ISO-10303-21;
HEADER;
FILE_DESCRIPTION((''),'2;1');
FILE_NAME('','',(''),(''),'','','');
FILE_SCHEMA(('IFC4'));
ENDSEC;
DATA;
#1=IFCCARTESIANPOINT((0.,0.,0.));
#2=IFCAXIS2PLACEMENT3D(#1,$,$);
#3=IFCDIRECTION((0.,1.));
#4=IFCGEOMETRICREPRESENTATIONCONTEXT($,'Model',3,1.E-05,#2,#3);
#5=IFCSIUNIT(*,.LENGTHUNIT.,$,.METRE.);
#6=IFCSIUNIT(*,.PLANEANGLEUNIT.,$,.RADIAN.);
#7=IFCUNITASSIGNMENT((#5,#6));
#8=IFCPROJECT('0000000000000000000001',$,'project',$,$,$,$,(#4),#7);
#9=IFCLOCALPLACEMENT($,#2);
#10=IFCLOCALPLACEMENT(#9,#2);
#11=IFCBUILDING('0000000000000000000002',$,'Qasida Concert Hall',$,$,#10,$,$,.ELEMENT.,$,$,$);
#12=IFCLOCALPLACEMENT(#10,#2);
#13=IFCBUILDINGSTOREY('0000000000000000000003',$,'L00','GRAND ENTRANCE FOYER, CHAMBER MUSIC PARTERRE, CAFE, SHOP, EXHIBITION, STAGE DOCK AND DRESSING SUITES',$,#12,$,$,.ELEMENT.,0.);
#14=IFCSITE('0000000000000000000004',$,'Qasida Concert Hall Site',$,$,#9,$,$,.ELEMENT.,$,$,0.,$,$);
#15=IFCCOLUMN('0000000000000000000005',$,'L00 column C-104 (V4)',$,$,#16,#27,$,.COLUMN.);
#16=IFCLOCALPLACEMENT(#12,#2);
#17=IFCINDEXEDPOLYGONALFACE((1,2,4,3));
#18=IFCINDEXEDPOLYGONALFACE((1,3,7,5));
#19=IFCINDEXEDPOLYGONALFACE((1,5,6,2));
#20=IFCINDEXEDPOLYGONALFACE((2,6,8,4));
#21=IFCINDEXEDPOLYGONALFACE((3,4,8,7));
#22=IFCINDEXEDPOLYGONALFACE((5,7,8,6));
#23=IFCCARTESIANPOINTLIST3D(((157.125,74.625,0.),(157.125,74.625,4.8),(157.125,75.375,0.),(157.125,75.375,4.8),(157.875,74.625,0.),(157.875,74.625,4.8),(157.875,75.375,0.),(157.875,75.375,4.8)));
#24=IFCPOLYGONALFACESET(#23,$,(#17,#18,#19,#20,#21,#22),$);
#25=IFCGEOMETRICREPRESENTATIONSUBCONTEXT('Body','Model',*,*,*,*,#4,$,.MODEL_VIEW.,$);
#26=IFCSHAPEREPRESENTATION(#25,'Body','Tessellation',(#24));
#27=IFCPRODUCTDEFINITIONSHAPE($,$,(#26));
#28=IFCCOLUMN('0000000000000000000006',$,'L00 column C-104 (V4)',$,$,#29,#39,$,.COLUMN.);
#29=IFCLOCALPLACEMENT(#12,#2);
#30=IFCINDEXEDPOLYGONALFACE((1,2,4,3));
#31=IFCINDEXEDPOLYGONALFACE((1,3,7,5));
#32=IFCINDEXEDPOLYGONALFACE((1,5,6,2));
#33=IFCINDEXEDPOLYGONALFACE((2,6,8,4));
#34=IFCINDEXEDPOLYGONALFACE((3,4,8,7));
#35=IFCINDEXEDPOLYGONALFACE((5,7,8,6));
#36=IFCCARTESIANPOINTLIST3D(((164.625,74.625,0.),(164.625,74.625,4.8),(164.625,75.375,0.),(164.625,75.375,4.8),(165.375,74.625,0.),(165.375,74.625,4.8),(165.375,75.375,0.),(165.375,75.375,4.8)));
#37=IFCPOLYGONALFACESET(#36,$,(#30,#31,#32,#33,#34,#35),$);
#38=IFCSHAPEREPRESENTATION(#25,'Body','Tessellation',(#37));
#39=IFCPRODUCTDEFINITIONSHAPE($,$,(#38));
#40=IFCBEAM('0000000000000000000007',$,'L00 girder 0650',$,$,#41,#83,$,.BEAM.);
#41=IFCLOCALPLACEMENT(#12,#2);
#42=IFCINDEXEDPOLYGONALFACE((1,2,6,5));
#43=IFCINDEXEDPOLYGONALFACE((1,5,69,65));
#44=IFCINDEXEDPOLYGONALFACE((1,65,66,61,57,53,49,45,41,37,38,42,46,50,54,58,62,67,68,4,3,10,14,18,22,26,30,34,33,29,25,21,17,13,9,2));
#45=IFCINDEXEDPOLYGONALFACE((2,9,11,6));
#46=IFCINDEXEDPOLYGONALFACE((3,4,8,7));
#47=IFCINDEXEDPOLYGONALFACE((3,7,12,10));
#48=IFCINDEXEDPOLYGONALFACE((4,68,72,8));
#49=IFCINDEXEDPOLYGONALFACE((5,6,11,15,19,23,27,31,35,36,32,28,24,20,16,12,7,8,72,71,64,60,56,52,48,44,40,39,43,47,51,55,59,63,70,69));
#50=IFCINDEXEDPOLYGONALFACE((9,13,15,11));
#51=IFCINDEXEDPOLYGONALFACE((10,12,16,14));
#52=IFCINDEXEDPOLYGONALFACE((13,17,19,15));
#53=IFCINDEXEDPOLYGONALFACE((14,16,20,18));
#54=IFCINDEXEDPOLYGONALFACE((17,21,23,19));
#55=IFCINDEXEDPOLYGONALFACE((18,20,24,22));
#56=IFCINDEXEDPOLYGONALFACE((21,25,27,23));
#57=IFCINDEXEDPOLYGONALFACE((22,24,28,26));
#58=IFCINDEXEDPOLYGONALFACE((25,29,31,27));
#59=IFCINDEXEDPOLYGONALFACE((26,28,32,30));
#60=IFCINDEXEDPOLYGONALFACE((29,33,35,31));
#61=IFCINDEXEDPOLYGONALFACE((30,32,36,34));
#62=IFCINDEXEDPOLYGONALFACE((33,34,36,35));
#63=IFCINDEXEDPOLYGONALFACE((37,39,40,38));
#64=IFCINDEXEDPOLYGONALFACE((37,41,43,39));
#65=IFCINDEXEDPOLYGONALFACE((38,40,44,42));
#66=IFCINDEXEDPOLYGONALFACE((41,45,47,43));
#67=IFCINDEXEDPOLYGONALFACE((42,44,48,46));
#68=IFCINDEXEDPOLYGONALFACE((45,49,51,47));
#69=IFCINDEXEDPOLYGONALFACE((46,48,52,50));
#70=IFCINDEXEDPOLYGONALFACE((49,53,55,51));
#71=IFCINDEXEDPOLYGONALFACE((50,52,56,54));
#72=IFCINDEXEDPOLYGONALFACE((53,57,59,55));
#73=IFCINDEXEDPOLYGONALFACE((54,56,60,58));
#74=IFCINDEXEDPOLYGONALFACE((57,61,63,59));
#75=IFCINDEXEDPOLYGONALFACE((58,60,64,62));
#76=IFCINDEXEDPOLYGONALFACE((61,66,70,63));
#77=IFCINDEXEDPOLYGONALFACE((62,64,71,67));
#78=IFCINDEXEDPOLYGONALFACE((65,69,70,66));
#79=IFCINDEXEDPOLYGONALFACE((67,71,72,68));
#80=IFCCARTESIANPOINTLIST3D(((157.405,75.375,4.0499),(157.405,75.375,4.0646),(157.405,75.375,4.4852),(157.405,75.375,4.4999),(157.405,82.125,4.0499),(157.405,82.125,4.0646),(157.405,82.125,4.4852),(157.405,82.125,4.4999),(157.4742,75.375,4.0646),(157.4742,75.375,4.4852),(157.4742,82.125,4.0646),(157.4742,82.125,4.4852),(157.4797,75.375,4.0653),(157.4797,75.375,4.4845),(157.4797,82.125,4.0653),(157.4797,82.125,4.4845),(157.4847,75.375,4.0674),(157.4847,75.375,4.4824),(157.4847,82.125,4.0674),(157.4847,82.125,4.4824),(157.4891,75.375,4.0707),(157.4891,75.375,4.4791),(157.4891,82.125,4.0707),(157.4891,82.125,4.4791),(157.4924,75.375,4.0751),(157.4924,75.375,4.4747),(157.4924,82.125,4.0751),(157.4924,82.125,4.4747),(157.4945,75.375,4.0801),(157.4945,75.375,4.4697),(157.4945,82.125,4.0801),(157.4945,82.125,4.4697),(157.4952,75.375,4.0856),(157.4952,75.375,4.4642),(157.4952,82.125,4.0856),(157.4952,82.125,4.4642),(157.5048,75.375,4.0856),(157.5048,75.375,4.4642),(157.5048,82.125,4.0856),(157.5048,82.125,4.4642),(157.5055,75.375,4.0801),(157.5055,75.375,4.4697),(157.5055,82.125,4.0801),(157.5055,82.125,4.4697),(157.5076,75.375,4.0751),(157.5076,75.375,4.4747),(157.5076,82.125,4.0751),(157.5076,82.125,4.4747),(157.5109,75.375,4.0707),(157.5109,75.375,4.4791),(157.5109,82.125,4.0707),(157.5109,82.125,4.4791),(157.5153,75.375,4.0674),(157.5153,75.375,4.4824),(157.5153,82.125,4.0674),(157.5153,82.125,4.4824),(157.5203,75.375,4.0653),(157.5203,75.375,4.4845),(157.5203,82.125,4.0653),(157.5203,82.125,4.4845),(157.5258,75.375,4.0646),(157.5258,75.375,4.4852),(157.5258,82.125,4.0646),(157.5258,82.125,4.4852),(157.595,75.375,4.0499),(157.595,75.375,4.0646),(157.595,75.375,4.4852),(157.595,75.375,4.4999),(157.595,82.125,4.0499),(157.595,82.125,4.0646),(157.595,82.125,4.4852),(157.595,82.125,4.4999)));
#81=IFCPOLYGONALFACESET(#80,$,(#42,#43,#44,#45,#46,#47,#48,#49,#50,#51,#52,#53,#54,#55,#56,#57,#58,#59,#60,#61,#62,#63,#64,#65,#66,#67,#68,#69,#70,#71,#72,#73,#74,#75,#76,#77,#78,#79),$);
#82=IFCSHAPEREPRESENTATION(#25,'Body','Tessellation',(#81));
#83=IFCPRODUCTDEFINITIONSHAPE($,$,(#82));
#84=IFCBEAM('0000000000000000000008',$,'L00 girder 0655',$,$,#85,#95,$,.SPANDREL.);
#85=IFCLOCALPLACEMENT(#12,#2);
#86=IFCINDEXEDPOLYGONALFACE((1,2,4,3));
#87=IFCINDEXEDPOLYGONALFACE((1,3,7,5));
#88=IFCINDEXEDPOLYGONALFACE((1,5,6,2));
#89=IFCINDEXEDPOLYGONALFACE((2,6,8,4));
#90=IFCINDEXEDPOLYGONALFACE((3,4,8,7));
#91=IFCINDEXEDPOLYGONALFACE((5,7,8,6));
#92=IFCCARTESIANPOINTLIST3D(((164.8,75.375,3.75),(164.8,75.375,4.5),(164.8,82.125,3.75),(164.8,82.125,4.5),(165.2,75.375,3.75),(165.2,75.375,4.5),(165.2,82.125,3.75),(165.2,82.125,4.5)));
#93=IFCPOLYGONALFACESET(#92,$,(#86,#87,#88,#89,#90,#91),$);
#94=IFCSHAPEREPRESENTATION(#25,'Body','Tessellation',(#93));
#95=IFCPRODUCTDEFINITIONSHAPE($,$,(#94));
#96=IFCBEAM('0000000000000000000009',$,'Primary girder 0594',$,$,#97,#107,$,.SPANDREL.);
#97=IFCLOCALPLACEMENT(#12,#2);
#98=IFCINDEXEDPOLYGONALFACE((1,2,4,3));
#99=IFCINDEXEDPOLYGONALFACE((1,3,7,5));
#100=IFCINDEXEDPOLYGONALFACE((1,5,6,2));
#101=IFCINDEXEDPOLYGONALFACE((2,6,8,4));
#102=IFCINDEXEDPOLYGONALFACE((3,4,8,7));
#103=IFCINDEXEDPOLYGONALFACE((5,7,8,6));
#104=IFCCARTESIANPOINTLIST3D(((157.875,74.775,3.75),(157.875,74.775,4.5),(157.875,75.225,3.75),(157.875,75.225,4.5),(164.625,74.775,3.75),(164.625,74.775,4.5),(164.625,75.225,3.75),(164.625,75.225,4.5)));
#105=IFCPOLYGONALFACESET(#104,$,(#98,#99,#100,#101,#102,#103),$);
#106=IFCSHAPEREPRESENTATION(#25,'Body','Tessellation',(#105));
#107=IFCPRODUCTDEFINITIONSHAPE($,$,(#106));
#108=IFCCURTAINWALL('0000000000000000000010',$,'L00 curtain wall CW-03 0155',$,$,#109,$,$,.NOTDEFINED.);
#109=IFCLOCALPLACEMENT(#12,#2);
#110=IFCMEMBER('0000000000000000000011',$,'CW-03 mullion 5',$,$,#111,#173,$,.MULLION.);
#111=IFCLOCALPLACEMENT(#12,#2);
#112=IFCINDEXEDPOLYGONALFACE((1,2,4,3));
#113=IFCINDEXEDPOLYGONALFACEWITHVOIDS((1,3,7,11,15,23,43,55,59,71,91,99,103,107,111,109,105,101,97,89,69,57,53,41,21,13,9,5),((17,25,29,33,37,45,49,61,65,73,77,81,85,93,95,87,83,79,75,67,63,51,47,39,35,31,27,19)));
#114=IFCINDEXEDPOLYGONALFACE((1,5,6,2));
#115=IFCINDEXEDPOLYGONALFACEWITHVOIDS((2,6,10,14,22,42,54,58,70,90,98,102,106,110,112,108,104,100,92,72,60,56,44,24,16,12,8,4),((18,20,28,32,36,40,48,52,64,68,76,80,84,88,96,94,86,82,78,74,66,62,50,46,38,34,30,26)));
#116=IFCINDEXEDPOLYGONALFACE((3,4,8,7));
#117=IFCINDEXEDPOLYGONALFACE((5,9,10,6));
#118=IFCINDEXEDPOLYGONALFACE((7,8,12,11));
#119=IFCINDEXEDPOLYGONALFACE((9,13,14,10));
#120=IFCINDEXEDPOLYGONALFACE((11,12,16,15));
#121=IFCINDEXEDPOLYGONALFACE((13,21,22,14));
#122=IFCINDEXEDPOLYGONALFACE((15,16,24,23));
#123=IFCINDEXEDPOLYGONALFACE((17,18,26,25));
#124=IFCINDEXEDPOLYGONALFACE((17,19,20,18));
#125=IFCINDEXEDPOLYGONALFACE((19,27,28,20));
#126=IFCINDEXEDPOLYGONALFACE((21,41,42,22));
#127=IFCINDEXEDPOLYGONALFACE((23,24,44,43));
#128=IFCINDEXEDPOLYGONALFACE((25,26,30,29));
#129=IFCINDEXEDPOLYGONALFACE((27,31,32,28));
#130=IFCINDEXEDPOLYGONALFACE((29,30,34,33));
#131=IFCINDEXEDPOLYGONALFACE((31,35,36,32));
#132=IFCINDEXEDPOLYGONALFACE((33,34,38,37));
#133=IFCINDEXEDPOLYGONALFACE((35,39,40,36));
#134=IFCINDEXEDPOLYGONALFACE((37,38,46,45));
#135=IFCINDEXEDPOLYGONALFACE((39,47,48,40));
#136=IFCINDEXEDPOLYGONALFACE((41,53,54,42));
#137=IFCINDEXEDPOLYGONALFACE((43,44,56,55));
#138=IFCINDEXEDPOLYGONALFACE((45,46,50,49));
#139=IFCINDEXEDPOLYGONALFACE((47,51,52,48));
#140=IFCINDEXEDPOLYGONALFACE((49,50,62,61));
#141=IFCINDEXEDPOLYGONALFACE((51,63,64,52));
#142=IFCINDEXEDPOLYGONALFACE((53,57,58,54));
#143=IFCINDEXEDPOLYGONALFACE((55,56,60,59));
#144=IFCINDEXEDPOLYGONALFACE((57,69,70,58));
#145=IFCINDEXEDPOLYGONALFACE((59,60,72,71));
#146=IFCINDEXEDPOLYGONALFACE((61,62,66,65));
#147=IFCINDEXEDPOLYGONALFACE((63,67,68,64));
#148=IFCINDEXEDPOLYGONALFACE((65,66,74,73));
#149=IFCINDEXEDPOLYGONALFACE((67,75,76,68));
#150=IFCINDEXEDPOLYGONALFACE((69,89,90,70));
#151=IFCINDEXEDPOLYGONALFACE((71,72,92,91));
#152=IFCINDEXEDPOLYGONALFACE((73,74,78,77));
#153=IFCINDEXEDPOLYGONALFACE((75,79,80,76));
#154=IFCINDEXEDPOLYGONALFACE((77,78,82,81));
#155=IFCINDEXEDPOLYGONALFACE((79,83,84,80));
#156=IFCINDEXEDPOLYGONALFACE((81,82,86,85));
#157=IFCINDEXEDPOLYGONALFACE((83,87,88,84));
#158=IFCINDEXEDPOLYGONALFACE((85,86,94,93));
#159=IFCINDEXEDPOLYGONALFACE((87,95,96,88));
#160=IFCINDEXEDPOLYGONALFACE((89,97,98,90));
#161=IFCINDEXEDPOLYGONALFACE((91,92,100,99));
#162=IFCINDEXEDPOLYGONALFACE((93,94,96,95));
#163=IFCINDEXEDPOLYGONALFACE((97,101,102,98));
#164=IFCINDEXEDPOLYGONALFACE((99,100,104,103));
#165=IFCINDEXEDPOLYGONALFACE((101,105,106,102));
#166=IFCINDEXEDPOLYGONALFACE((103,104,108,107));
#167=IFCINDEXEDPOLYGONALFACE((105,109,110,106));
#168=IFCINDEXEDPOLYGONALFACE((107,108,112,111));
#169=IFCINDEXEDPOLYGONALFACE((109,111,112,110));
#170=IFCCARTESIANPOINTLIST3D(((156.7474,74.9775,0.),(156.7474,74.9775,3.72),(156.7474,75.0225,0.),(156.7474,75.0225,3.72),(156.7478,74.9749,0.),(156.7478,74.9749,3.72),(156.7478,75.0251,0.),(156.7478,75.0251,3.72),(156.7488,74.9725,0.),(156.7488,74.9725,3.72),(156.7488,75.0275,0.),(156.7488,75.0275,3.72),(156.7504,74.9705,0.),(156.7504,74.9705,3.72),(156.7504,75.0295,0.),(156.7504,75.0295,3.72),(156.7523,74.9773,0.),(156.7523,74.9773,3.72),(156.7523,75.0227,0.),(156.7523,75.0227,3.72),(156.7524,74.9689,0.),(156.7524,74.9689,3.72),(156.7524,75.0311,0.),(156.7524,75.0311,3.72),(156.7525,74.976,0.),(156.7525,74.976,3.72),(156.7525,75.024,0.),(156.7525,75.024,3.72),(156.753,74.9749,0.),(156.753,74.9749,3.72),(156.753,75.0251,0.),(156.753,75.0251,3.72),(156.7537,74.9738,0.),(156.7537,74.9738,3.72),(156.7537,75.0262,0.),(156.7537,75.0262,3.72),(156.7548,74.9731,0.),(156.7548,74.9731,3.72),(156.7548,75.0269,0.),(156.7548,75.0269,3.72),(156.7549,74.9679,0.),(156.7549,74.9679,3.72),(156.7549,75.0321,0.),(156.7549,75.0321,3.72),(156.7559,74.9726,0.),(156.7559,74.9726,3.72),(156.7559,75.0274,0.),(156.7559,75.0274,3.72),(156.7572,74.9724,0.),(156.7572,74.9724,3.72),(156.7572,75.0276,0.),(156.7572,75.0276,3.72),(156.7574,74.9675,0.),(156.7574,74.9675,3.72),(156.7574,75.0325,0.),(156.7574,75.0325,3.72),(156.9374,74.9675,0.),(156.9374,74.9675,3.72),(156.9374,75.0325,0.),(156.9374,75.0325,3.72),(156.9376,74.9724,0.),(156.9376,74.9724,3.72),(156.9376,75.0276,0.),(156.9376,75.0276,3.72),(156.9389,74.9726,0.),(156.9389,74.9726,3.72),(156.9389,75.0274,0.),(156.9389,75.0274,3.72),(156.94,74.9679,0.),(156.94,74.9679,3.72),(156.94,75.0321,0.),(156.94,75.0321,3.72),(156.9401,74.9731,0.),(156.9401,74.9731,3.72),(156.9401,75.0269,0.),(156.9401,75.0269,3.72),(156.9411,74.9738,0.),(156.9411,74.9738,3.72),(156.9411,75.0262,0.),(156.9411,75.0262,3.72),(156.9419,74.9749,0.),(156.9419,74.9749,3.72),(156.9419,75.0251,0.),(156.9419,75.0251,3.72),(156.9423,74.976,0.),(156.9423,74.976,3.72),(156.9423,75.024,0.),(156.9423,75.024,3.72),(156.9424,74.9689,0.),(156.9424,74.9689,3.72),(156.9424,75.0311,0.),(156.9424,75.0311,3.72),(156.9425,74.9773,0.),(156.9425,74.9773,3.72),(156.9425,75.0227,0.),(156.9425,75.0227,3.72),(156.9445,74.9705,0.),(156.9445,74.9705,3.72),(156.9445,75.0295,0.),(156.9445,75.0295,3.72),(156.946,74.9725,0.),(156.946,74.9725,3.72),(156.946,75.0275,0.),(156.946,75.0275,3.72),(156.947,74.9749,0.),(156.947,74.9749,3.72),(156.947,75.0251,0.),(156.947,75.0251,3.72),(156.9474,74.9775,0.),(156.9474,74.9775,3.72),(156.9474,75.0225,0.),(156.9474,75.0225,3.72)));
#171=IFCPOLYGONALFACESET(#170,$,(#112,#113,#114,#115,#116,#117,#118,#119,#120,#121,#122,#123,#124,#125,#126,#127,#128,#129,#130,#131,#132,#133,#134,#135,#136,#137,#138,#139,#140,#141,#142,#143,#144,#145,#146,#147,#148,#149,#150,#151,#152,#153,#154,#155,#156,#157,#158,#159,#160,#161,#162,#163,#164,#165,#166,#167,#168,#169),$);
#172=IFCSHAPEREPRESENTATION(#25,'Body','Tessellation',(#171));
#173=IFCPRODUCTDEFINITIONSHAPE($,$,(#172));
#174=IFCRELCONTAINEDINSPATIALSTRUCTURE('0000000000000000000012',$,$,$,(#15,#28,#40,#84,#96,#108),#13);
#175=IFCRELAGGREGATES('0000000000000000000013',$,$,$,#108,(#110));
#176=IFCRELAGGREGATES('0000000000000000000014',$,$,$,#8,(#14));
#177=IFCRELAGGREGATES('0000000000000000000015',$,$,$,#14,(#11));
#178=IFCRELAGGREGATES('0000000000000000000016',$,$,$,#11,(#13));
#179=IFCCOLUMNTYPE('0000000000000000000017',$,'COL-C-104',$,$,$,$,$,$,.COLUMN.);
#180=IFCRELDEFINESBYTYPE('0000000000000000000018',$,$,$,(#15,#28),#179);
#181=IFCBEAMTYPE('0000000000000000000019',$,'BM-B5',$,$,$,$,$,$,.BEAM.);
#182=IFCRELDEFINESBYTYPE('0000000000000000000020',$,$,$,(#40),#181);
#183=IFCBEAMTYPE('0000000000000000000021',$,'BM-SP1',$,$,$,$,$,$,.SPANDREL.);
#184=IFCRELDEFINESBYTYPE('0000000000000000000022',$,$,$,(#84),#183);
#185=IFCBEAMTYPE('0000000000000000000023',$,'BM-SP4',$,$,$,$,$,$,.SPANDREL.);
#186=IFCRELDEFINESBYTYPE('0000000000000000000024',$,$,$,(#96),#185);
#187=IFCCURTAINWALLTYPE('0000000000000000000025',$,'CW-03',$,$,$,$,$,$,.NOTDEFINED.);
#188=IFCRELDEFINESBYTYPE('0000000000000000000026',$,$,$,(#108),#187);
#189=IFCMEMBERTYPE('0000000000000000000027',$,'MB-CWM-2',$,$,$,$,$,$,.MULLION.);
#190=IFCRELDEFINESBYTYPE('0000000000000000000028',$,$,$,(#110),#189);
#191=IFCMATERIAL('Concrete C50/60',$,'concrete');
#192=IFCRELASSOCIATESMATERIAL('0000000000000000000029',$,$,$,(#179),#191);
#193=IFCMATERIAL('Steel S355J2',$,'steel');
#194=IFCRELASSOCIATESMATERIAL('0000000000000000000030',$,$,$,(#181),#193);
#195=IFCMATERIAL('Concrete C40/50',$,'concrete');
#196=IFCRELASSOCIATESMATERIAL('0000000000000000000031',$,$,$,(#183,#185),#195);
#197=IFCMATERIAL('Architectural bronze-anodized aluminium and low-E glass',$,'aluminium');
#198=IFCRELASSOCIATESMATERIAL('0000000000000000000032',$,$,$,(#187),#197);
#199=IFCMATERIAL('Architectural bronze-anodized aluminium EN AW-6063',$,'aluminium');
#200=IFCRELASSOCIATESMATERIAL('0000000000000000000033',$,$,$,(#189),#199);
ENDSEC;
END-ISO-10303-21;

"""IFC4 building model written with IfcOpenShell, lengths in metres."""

from ifc_helpers import new_model, si_unit, direction, frame, origin, origin_2d, place, context, subcontext, project, spatial, rectangle, hollow_rectangle, i_section, extrude, material, material_profile, profile_set, type_object, element, aggregate, save


model = new_model("IFC4")

# Units and contexts
model_context = context("Model", 3, precision=1e-05, world=origin(), true_north=direction((0.0, 1.0)))
body_context = subcontext(model_context, "Body", "Model", "MODEL_VIEW")
ifc_project = project(units=[si_unit("LENGTHUNIT", "METRE"), si_unit("PLANEANGLEUNIT", "RADIAN")], contexts=[model_context])

# Site, building, storey
site_placement = place(None, origin())
site = spatial("IfcSite", under=ifc_project, at=site_placement, Name="Qasida Concert Hall Site", CompositionType="ELEMENT", RefElevation=0.0)
building_placement = place(site_placement, origin())
building = spatial("IfcBuilding", under=site, at=building_placement, Name="Qasida Concert Hall", CompositionType="ELEMENT")
storey_placement = place(building_placement, origin())
storey = spatial("IfcBuildingStorey", under=building, at=storey_placement, Name="L00", Description="GRAND ENTRANCE FOYER, CHAMBER MUSIC PARTERRE, CAFE, SHOP, EXHIBITION, STAGE DOCK AND DRESSING SUITES", CompositionType="ELEMENT", Elevation=0.0)

# Columns
ifc_material_1 = material(Name="Concrete C50/60", Category="concrete")
ifc_material_profile_1 = material_profile(ifc_material_1, rectangle(XDim=0.75, YDim=0.75, at=origin_2d()), Name="RC 750x750")
ifc_profile_set_1 = profile_set([ifc_material_profile_1], Name="Concrete C50/60")
column_type = type_object("IfcColumnType", Name="COL-C-104", PredefinedType="COLUMN", material=ifc_profile_set_1)
for number, where, z_axis, x_axis, name in (
    (1, (157.5, 75.0, 0.0), (0.0, 0.0, 1.0), (1.0, 0.0, 0.0), "L00 column C-104 (V4)"),
    (2, (165.0, 75.0, 0.0), (0.0, 0.0, 1.0), (1.0, 0.0, 0.0), "L00 column C-104 (V4)"),
):
    element("IfcColumn", number, at=place(storey_placement, frame(where, z_axis=z_axis, x_axis=x_axis)), inside=storey, type_object=column_type, Name=name, PredefinedType="COLUMN", context=body_context, shape_type="SweptSolid", body=[
        extrude(rectangle(XDim=0.75, YDim=0.75, at=origin_2d()), origin(), (0.0, 0.0, 1.0), 4.8),
    ])

# Beams
ifc_material_2 = material(Name="Steel S355J2", Category="steel")
ifc_material_profile_2 = material_profile(ifc_material_2, i_section(OverallWidth=0.1899, OverallDepth=0.45, WebThickness=0.0095, FlangeThickness=0.0146, FilletRadius=0.021, at=origin_2d()), Name="IPE 450")
ifc_profile_set_2 = profile_set([ifc_material_profile_2], Name="Steel S355J2")
beam_type_1 = type_object("IfcBeamType", Name="BM-B5", PredefinedType="BEAM", material=ifc_profile_set_2)
beam_1_placement = place(storey_placement, frame((157.5, 75.375, 4.2749), z_axis=(0.0, 1.0, 0.0), x_axis=(-1.0, 0.0, 0.0)))
element("IfcBeam", 3, at=beam_1_placement, inside=storey, type_object=beam_type_1, Name="L00 girder 0650", PredefinedType="BEAM", context=body_context, shape_type="SweptSolid", body=[
    extrude(i_section(OverallWidth=0.1899, OverallDepth=0.45, WebThickness=0.0095, FlangeThickness=0.0146, FilletRadius=0.021, at=origin_2d()), origin(), (0.0, 0.0, 1.0), 6.75),
])
ifc_material_3 = material(Name="Concrete C40/50", Category="concrete")
ifc_material_profile_3 = material_profile(ifc_material_3, rectangle(XDim=0.3999, YDim=0.75, at=origin_2d()), Name="RC 400x750")
ifc_profile_set_3 = profile_set([ifc_material_profile_3], Name="Concrete C40/50")
beam_type_2 = type_object("IfcBeamType", Name="BM-SP1", PredefinedType="SPANDREL", material=ifc_profile_set_3)
beam_2_placement = place(storey_placement, frame((165.0, 75.375, 4.125), z_axis=(0.0, 1.0, 0.0), x_axis=(-1.0, 0.0, 0.0)))
element("IfcBeam", 4, at=beam_2_placement, inside=storey, type_object=beam_type_2, Name="L00 girder 0655", PredefinedType="SPANDREL", context=body_context, shape_type="SweptSolid", body=[
    extrude(rectangle(XDim=0.3999, YDim=0.75, at=origin_2d()), origin(), (0.0, 0.0, 1.0), 6.75),
])
ifc_material_profile_4 = material_profile(ifc_material_3, rectangle(XDim=0.45, YDim=0.75, at=origin_2d()), Name="RC 450x750")
ifc_profile_set_4 = profile_set([ifc_material_profile_4], Name="Concrete C40/50")
beam_type_3 = type_object("IfcBeamType", Name="BM-SP4", PredefinedType="SPANDREL", material=ifc_profile_set_4)
beam_3_placement = place(storey_placement, frame((157.875, 75.0, 4.125), z_axis=(1.0, 0.0, 0.0), x_axis=(0.0, 1.0, 0.0)))
element("IfcBeam", 5, at=beam_3_placement, inside=storey, type_object=beam_type_3, Name="Primary girder 0594", PredefinedType="SPANDREL", context=body_context, shape_type="SweptSolid", body=[
    extrude(rectangle(XDim=0.45, YDim=0.75, at=origin_2d()), origin(), (0.0, 0.0, 1.0), 6.75),
])

# Curtain wall, member
ifc_material_4 = material(Name="Architectural bronze-anodized aluminium and low-E glass", Category="aluminium")
curtain_wall_type = type_object("IfcCurtainWallType", Name="CW-03", PredefinedType="NOTDEFINED", material=ifc_material_4)
curtain_wall_placement = place(storey_placement, origin())
curtain_wall = element("IfcCurtainWall", 6, at=curtain_wall_placement, inside=storey, type_object=curtain_wall_type, Name="L00 curtain wall CW-03 0155", PredefinedType="NOTDEFINED")
ifc_material_5 = material(Name="Architectural bronze-anodized aluminium EN AW-6063", Category="aluminium")
ifc_material_profile_5 = material_profile(ifc_material_5, hollow_rectangle(XDim=0.0649, YDim=0.2, WallThickness=0.0049, InnerFilletRadius=0.0049, OuterFilletRadius=0.01, at=origin_2d()), Name="CWM 200x65x5")
ifc_profile_set_5 = profile_set([ifc_material_profile_5], Name="Architectural bronze-anodized aluminium EN AW-6063")
member_type_1 = type_object("IfcMemberType", Name="MB-CWM-2", PredefinedType="MULLION", material=ifc_profile_set_5)
member_1_placement = place(storey_placement, frame((156.8474, 75.0, 0.0), z_axis=(0.0, 0.0, 1.0), x_axis=(0.0, 1.0, 0.0)))
member_1 = element("IfcMember", 7, at=member_1_placement, type_object=member_type_1, Name="CW-03 mullion 5", PredefinedType="MULLION", context=body_context, shape_type="SweptSolid", body=[
    extrude(hollow_rectangle(XDim=0.0649, YDim=0.2, WallThickness=0.0049, InnerFilletRadius=0.0049, OuterFilletRadius=0.01, at=origin_2d()), origin(), (0.0, 0.0, 1.0), 3.72),
])
aggregate(curtain_wall, [member_1])

save(model, "model.ifc")
